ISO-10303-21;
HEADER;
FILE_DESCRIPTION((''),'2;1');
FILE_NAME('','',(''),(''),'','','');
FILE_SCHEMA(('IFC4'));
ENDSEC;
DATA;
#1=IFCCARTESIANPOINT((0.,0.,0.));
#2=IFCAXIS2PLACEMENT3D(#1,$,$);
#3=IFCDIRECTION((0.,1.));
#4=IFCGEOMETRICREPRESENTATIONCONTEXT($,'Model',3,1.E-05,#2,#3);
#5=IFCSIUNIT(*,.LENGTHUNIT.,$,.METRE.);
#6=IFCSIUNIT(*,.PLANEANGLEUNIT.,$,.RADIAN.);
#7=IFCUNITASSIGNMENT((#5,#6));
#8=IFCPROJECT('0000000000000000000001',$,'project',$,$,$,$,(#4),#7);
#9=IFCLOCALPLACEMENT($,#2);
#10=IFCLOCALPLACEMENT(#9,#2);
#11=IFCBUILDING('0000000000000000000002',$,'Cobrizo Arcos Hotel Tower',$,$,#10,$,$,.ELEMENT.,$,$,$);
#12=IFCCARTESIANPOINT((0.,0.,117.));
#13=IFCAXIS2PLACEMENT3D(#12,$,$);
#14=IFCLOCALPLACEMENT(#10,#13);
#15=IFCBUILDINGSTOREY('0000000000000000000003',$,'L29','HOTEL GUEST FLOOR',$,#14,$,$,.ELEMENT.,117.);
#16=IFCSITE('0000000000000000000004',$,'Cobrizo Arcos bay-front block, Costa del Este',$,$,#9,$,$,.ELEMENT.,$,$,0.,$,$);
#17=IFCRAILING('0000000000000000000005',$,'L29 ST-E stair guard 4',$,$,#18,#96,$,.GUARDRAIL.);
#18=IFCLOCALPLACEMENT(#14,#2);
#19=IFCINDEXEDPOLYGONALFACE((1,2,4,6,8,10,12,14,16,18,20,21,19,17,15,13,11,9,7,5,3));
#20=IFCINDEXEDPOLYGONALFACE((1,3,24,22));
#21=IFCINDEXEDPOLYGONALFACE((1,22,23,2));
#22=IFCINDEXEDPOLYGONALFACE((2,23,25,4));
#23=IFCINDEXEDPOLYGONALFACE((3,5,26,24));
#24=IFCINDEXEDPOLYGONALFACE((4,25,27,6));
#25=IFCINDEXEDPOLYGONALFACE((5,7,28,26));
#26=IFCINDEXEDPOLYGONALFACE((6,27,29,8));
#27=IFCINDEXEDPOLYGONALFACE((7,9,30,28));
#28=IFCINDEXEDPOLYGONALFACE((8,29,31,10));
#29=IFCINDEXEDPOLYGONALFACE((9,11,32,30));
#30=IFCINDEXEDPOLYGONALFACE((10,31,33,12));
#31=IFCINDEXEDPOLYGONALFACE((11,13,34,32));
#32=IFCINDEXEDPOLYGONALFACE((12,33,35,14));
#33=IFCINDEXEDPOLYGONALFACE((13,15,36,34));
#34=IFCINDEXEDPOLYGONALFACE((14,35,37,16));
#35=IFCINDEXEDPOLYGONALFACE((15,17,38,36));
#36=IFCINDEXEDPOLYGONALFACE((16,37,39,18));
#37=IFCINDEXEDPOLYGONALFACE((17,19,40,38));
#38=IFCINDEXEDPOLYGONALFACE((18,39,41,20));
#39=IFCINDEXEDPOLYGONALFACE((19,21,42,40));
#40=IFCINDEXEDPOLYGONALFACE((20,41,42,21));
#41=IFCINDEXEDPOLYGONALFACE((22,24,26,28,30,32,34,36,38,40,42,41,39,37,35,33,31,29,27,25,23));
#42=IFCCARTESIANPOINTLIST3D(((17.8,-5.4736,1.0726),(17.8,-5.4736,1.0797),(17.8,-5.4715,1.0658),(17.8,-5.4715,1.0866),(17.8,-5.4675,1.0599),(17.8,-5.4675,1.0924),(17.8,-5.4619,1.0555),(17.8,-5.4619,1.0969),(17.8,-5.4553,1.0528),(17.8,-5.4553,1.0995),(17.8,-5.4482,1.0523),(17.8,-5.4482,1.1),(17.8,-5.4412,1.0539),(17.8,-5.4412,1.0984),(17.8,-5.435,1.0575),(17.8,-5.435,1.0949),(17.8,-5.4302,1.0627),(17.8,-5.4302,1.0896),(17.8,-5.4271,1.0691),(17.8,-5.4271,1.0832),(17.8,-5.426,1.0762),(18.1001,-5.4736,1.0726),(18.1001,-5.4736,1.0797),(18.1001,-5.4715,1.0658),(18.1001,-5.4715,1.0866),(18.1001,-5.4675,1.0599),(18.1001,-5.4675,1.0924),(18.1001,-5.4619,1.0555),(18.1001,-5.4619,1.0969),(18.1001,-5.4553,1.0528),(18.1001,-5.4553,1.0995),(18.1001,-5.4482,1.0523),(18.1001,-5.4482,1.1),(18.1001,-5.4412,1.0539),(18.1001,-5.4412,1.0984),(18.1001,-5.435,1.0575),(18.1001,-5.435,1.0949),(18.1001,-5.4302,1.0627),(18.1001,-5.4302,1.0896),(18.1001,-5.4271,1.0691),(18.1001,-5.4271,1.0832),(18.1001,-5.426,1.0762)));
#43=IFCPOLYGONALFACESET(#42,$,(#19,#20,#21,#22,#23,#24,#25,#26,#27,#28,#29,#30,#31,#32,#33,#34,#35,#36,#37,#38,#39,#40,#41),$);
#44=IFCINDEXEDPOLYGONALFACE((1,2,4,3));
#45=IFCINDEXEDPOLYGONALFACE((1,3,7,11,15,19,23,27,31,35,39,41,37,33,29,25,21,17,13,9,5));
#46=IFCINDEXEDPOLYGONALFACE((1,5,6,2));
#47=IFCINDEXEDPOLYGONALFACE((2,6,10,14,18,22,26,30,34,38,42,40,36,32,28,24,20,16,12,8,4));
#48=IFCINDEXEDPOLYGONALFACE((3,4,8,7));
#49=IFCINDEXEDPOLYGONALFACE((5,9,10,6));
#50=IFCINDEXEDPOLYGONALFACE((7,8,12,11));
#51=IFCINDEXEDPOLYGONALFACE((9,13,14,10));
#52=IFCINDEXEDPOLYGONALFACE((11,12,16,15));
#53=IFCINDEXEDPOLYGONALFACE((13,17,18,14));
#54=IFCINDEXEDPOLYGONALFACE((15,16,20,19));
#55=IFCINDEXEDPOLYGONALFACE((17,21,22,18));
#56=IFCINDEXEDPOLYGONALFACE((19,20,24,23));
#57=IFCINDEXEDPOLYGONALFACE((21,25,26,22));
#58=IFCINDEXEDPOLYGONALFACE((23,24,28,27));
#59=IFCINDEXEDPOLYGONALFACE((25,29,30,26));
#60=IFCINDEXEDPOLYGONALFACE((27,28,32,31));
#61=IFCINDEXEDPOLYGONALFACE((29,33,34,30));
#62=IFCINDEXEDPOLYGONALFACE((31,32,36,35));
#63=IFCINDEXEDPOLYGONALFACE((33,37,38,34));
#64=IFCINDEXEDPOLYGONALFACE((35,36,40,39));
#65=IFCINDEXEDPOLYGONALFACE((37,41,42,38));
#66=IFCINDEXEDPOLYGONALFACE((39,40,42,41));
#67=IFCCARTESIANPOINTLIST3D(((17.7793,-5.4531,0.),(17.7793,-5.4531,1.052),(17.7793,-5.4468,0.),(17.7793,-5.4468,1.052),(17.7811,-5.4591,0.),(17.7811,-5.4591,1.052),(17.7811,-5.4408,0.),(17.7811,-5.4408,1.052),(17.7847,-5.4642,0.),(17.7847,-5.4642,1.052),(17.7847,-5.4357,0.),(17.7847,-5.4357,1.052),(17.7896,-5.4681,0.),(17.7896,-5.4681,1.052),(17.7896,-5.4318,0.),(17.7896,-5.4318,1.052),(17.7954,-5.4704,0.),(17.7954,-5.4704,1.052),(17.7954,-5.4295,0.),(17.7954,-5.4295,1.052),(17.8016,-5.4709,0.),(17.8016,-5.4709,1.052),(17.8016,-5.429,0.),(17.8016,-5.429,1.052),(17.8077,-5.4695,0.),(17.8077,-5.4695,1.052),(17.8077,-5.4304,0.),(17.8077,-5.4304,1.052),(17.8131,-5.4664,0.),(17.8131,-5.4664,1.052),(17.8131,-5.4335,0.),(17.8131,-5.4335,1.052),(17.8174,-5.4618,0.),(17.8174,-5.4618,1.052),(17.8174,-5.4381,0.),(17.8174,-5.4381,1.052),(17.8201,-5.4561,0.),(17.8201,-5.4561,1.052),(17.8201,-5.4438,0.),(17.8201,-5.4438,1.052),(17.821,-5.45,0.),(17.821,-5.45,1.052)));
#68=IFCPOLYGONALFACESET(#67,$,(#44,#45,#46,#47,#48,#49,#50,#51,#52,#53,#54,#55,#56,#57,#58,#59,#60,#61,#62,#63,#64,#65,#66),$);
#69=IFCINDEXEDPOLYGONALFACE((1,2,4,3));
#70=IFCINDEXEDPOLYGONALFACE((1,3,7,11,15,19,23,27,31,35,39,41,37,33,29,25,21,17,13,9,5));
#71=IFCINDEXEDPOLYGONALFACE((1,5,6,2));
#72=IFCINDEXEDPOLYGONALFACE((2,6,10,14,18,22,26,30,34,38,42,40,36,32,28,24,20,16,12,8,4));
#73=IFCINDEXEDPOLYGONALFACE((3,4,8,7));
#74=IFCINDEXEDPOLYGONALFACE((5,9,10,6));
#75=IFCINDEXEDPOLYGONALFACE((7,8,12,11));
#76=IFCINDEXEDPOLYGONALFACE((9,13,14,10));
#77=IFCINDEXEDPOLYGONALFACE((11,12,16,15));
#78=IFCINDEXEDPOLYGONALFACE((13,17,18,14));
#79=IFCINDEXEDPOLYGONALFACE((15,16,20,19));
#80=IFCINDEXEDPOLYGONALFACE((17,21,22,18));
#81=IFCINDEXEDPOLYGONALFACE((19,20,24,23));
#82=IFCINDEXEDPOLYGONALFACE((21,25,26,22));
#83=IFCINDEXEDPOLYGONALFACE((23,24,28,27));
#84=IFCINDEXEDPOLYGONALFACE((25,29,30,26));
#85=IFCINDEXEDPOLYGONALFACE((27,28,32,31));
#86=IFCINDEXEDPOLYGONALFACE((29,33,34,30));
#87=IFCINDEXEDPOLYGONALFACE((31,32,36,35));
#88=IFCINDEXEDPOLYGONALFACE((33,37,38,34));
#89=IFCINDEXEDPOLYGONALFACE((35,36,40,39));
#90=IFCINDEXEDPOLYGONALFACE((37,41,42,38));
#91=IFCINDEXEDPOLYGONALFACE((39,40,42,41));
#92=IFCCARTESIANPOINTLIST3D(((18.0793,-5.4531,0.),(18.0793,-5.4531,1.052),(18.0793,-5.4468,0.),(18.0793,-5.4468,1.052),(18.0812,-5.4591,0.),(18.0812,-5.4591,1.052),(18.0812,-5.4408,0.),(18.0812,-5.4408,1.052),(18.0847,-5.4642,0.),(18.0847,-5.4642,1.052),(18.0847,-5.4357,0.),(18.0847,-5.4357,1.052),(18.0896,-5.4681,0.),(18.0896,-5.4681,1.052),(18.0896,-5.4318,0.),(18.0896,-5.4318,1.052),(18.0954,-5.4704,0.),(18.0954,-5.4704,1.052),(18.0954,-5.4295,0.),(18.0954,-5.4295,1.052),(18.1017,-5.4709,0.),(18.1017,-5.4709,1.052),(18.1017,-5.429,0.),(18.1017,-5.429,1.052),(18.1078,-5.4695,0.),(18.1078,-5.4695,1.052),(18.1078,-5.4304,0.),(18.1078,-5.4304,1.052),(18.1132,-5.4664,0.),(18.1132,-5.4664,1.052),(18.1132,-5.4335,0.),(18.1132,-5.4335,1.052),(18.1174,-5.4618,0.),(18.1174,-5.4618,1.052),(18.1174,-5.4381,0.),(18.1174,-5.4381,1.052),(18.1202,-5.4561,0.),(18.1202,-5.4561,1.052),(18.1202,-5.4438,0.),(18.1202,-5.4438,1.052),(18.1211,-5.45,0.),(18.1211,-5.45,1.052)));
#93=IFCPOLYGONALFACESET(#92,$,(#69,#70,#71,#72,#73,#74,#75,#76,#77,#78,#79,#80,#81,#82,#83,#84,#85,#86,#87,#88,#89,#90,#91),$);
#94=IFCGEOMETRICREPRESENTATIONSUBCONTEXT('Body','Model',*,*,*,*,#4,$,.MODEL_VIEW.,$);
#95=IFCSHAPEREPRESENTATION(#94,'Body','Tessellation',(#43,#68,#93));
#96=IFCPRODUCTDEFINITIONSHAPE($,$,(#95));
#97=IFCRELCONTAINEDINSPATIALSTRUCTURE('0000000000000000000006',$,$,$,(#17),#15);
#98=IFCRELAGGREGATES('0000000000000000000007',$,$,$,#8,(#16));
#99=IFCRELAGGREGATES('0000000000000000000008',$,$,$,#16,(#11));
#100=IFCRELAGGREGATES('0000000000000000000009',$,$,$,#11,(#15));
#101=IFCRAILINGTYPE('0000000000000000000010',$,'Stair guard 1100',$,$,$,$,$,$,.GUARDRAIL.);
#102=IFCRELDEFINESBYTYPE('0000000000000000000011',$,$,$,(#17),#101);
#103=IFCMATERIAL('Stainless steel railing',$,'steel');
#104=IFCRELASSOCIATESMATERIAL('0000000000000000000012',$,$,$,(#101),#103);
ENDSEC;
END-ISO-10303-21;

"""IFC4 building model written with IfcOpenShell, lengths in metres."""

from ifc_helpers import new_model, si_unit, direction, frame, origin, origin_2d, place, context, subcontext, project, spatial, circle, extrude, material, type_object, element, save


model = new_model("IFC4")

# Units and contexts
model_context = context("Model", 3, precision=1e-05, world=origin(), true_north=direction((0.0, 1.0)))
body_context = subcontext(model_context, "Body", "Model", "MODEL_VIEW")
ifc_project = project(units=[si_unit("LENGTHUNIT", "METRE"), si_unit("PLANEANGLEUNIT", "RADIAN")], contexts=[model_context])

# Site, building, storey
site_placement = place(None, origin())
site = spatial("IfcSite", under=ifc_project, at=site_placement, Name="Cobrizo Arcos bay-front block, Costa del Este", CompositionType="ELEMENT", RefElevation=0.0)
building_placement = place(site_placement, origin())
building = spatial("IfcBuilding", under=site, at=building_placement, Name="Cobrizo Arcos Hotel Tower", CompositionType="ELEMENT")
storey_placement = place(building_placement, frame((0.0, 0.0, 117.0)))
storey = spatial("IfcBuildingStorey", under=building, at=storey_placement, Name="L29", Description="HOTEL GUEST FLOOR", CompositionType="ELEMENT", Elevation=117.0)

# Railing
ifc_material_1 = material(Name="Stainless steel railing", Category="steel")
railing_type_1 = type_object("IfcRailingType", Name="Stair guard 1100", PredefinedType="GUARDRAIL", material=ifc_material_1)
railing_1_placement = place(storey_placement, frame((17.8, -5.45, 0.0)))
element("IfcRailing", 1, at=railing_1_placement, inside=storey, type_object=railing_type_1, Name="L29 ST-E stair guard 4", PredefinedType="GUARDRAIL", context=body_context, shape_type="SweptSolid", body=[
    extrude(circle(Radius=0.0239, at=origin_2d()), frame((0.0, 0.0, 1.0762), z_axis=(1.0, 0.0, 0.0), x_axis=(0.0, 1.0, 0.0)), (0.0, 0.0, 1.0), 0.3),
    extrude(circle(Radius=0.021, at=origin_2d()), origin(), (0.0, 0.0, 1.0), 1.052),
    extrude(circle(Radius=0.021, at=origin_2d()), frame((0.3, 0.0, 0.0)), (0.0, 0.0, 1.0), 1.052),
])

save(model, "model.ifc")
